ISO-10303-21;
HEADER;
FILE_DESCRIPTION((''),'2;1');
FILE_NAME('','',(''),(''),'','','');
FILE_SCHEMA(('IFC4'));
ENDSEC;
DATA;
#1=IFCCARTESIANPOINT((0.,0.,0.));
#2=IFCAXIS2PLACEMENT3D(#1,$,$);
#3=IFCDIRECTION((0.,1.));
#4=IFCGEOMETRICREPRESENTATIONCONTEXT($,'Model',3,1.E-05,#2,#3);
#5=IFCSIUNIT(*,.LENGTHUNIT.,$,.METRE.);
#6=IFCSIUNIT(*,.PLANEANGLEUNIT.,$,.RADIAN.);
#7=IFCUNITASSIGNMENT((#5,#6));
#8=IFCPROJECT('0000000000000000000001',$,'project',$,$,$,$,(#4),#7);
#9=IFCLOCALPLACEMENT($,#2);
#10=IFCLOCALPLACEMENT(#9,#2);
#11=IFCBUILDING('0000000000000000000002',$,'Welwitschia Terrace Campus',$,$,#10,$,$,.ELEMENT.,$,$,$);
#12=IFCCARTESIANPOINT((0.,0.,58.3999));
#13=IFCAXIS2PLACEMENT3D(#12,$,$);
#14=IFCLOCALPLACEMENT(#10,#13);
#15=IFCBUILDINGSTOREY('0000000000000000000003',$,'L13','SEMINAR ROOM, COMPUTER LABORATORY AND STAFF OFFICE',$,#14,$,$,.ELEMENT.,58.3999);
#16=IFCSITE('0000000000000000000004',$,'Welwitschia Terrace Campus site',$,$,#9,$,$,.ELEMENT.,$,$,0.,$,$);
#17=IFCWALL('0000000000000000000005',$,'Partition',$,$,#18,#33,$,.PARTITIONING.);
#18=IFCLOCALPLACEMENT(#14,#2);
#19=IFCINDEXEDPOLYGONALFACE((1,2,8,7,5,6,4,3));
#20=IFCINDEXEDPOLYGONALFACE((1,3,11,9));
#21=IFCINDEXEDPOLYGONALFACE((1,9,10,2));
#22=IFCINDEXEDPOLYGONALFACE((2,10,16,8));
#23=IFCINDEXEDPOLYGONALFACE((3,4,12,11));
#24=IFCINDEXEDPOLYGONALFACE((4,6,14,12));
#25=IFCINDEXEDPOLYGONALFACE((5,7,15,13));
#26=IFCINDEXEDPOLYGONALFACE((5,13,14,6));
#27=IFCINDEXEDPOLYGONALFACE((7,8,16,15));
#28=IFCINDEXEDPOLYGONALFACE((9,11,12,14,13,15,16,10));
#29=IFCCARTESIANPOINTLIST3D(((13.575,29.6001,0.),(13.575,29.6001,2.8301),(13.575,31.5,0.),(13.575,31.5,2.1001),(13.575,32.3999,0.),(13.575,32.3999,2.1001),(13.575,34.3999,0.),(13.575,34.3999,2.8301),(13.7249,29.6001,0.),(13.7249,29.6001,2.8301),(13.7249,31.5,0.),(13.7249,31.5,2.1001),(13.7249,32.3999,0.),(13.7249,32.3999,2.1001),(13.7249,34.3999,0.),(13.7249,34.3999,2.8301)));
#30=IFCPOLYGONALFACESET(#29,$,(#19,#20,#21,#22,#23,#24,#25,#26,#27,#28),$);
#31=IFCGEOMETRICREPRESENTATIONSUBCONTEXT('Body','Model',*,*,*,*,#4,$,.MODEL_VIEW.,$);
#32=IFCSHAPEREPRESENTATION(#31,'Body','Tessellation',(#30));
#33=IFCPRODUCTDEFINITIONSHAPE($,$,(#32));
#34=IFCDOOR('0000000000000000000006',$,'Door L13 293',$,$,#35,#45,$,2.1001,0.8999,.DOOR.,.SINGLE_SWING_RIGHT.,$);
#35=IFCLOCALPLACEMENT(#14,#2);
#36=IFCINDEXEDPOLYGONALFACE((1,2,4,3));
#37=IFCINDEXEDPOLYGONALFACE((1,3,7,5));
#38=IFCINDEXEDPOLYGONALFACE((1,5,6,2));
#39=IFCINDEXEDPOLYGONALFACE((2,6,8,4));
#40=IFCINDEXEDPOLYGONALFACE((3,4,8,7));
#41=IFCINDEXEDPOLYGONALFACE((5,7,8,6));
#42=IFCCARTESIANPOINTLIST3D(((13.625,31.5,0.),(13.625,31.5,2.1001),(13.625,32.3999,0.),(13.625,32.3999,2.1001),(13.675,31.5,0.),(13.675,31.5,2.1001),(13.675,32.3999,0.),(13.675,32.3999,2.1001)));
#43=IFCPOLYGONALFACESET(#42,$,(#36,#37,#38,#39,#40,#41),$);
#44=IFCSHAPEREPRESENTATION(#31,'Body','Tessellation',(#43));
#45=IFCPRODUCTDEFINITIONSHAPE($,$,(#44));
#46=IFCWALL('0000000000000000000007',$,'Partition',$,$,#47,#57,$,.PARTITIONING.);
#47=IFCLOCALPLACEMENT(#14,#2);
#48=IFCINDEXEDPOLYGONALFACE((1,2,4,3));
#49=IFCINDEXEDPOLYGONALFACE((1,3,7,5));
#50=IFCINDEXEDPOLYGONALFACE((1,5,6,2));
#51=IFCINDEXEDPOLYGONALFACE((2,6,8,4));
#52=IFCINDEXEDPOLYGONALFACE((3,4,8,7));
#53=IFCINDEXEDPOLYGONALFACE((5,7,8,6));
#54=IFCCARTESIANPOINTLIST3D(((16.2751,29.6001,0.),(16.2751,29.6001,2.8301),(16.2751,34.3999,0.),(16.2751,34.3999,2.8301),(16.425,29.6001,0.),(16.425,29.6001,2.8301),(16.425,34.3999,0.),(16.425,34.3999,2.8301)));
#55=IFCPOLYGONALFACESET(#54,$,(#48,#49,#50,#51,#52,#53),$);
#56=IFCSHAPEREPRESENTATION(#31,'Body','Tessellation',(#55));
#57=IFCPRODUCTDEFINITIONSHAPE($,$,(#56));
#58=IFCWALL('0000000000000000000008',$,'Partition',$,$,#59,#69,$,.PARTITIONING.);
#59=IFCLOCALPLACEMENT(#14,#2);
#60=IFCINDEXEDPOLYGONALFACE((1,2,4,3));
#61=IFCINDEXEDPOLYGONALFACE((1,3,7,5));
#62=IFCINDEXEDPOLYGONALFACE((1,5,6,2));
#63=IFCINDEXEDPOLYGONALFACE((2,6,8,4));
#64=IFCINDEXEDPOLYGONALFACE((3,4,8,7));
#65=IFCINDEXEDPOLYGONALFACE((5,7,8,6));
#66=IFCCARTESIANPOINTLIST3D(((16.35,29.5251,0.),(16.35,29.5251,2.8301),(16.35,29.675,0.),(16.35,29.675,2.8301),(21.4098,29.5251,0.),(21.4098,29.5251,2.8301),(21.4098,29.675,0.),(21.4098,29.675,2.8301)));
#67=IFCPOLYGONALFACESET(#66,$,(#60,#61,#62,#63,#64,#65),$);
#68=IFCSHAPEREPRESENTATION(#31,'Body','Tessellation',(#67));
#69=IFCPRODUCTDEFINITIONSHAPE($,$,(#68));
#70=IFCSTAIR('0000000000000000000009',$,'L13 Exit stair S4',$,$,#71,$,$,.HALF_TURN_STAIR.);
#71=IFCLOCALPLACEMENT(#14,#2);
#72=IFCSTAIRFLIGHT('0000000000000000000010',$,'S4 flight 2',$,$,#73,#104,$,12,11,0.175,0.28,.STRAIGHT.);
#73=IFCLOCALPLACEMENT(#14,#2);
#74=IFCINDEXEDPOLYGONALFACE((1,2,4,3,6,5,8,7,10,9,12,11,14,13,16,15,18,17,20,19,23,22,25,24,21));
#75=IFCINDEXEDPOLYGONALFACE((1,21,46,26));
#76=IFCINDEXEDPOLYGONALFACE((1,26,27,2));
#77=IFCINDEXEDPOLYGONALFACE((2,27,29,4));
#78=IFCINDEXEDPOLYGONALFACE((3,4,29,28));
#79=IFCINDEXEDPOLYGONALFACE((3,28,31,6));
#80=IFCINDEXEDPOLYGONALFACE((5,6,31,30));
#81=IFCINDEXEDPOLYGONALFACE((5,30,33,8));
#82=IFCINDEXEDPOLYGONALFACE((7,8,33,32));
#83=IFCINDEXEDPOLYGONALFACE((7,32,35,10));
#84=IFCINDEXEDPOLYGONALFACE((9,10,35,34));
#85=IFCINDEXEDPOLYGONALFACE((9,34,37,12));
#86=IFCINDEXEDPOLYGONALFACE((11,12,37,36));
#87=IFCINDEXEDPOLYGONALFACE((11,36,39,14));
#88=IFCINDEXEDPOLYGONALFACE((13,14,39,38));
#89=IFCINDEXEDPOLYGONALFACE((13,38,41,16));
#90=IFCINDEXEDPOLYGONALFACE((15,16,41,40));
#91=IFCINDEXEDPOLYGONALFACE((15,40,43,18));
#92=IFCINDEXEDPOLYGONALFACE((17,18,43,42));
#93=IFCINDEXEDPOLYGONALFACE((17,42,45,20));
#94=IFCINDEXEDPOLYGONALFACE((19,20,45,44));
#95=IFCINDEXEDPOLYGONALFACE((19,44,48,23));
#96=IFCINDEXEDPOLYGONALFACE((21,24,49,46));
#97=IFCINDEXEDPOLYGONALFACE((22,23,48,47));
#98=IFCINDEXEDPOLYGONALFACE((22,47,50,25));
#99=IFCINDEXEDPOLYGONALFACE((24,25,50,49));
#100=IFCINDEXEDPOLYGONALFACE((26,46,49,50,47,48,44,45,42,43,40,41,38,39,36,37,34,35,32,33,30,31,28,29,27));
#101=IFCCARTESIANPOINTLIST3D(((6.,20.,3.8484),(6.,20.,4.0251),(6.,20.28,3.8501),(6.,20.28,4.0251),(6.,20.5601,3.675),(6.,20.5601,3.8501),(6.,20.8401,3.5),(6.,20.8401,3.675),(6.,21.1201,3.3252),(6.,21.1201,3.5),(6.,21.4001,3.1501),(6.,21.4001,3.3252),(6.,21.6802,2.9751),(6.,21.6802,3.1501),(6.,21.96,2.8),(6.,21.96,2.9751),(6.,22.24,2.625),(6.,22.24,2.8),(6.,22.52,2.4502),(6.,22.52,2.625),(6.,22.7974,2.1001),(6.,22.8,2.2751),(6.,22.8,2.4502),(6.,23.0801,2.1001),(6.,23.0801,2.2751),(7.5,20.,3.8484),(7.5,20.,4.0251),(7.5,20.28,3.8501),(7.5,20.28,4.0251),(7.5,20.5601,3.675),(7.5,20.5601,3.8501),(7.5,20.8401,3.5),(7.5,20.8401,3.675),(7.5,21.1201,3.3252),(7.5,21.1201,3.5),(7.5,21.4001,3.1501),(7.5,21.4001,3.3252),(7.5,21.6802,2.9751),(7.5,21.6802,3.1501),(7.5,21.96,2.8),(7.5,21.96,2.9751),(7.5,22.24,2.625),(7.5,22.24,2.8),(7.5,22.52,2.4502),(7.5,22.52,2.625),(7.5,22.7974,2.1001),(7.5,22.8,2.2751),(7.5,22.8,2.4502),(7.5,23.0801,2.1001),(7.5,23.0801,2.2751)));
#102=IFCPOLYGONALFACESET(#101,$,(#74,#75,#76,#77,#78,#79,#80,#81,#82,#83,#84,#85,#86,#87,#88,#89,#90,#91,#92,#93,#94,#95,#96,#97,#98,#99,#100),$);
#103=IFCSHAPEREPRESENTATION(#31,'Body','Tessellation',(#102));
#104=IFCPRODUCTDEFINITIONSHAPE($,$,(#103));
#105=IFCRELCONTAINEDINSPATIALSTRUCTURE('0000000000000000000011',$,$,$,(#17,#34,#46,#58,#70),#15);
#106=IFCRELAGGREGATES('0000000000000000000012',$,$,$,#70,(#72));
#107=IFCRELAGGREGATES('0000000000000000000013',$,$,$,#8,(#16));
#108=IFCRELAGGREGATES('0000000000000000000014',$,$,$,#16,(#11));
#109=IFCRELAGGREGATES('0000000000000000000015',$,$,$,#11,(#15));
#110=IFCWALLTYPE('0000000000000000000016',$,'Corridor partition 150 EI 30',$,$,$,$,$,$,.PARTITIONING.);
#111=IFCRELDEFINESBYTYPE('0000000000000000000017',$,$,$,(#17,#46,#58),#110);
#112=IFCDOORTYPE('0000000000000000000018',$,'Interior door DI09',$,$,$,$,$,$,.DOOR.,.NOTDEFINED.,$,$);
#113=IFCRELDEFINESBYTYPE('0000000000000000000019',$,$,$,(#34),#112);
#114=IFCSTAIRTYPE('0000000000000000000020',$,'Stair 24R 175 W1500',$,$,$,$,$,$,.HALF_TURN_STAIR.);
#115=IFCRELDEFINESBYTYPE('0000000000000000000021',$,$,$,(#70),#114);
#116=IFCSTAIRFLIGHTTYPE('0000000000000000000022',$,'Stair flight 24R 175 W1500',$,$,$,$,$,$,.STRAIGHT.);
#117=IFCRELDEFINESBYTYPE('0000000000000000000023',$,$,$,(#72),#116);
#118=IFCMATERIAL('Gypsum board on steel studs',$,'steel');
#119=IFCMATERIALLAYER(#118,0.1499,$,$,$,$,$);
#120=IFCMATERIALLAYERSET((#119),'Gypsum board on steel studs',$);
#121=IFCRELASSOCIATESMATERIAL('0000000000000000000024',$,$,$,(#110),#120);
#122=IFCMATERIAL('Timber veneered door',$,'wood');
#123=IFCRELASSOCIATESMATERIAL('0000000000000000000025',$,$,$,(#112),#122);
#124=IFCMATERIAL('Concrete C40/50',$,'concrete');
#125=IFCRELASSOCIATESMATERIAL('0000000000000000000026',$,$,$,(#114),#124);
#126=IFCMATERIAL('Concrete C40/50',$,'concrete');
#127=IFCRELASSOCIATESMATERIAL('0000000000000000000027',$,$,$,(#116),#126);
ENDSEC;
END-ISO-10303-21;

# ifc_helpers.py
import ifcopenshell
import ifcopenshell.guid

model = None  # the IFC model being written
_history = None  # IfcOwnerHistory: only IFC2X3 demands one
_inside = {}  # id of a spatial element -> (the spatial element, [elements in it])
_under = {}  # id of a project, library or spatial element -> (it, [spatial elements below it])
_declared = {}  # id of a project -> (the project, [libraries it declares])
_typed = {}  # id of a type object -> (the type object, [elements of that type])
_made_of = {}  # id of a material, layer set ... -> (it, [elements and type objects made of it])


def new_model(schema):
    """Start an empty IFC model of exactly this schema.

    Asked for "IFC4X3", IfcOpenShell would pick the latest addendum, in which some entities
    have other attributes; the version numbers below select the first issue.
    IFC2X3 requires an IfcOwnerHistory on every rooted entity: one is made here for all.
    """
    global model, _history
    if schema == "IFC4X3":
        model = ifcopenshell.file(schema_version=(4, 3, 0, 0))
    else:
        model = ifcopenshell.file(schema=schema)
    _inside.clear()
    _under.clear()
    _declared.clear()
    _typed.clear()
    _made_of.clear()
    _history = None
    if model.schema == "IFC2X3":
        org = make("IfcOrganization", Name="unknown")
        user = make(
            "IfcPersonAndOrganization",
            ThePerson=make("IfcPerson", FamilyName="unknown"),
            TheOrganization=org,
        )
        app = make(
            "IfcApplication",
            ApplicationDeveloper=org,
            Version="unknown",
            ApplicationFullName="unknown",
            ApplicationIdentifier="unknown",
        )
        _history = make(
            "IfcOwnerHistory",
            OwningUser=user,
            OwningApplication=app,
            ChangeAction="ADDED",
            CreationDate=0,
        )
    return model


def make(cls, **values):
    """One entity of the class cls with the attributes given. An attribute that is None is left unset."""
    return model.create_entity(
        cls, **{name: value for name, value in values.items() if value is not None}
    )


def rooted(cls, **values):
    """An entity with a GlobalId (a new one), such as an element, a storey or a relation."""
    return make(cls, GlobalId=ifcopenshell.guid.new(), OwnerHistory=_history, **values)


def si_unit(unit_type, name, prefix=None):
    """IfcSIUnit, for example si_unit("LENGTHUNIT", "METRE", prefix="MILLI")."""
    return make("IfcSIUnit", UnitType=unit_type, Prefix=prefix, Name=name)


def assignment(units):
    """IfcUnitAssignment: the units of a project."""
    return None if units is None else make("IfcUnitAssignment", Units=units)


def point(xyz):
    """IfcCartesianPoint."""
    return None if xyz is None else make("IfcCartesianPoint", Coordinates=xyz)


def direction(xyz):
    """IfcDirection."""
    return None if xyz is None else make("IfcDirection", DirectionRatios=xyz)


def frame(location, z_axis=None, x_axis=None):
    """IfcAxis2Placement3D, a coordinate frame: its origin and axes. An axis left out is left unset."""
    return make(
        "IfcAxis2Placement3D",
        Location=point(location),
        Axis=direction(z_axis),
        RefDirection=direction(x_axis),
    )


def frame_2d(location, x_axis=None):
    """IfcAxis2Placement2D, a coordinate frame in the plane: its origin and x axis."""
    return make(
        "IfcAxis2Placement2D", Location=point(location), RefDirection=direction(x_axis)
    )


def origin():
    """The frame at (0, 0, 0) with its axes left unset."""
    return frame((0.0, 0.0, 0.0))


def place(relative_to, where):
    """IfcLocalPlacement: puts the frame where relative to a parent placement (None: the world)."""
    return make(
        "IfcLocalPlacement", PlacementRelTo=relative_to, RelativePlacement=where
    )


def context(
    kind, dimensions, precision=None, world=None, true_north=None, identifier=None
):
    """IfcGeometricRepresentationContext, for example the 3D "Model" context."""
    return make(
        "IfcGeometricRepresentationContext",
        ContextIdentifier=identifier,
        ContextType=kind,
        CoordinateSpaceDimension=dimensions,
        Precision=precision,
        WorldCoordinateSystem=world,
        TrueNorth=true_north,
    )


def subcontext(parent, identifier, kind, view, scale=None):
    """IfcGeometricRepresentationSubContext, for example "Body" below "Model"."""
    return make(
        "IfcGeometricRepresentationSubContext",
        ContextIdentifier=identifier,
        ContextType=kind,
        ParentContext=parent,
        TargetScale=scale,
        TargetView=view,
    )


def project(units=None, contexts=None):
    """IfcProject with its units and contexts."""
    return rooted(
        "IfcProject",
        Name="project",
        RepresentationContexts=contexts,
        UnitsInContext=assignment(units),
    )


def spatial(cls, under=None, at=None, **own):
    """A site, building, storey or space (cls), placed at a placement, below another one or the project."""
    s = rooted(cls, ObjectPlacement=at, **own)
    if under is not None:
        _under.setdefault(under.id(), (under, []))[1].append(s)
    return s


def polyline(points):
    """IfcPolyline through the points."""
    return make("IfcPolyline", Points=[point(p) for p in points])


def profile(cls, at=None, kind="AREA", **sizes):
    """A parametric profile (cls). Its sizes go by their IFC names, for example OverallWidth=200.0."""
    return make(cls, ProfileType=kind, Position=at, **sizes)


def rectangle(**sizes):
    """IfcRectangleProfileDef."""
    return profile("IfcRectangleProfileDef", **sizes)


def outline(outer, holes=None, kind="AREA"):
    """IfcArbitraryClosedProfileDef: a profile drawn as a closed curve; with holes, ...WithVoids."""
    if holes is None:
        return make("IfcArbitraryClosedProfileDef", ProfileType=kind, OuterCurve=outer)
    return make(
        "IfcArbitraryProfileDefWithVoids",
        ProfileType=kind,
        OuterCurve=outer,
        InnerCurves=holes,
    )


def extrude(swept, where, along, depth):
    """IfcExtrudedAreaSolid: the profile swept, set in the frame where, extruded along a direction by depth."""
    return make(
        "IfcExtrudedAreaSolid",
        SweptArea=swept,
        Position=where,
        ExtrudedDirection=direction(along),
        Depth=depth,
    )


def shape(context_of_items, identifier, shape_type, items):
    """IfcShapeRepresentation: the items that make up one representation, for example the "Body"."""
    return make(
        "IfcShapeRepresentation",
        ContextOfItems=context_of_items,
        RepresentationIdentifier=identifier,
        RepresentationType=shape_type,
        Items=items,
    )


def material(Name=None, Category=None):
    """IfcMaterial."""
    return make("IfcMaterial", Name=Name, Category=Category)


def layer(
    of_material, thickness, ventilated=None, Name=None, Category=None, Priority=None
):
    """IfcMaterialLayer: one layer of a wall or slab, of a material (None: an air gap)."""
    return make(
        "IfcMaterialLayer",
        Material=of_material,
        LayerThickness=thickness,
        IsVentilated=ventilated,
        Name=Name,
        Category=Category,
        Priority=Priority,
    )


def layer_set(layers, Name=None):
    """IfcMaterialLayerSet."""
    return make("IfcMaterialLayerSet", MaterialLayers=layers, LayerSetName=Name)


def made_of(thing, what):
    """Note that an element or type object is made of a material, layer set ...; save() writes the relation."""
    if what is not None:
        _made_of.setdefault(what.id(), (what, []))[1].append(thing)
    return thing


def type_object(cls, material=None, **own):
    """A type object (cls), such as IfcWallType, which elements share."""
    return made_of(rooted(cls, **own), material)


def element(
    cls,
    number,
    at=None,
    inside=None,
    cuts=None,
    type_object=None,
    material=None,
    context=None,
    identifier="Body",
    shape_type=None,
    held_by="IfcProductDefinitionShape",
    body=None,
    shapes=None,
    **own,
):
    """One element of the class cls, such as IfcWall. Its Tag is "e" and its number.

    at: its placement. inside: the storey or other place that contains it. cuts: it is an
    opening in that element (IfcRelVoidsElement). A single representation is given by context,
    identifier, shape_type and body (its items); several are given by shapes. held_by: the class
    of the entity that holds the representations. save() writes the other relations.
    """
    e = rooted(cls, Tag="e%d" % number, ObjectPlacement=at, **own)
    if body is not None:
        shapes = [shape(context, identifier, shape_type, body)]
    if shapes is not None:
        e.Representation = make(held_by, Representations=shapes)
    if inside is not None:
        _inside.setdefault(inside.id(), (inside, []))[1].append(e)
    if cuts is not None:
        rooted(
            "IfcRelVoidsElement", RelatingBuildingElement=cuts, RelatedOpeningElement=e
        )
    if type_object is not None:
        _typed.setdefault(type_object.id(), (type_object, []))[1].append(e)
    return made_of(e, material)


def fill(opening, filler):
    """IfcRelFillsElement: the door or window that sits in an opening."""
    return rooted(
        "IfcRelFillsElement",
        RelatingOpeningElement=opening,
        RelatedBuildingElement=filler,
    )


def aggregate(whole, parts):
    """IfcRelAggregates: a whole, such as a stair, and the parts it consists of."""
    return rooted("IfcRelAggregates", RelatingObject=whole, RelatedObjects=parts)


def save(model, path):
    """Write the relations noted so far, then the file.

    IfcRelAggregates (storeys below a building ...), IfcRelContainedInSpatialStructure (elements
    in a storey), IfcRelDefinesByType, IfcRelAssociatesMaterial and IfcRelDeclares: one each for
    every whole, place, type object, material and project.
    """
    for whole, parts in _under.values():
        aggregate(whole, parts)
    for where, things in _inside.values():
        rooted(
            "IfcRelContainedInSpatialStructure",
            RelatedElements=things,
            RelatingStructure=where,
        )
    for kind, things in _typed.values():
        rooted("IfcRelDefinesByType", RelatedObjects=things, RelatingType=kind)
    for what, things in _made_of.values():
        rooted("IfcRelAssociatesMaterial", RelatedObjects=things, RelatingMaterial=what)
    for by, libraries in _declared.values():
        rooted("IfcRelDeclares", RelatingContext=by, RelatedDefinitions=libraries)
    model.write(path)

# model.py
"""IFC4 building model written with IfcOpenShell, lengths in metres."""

from ifc_helpers import new_model, si_unit, direction, frame, frame_2d, origin, place, context, subcontext, project, spatial, polyline, rectangle, outline, extrude, material, layer, layer_set, type_object, element, fill, aggregate, save


model = new_model("IFC4")

# Units and contexts
model_context = context("Model", 3, precision=1e-05, world=origin(), true_north=direction((0.0, 1.0)))
body_context = subcontext(model_context, "Body", "Model", "MODEL_VIEW")
ifc_project = project(units=[si_unit("LENGTHUNIT", "METRE"), si_unit("PLANEANGLEUNIT", "RADIAN")], contexts=[model_context])

# Site, building, storey
site_placement = place(None, origin())
site = spatial("IfcSite", under=ifc_project, at=site_placement, Name="Welwitschia Terrace Campus site", CompositionType="ELEMENT", RefElevation=0.0)
building_placement = place(site_placement, origin())
building = spatial("IfcBuilding", under=site, at=building_placement, Name="Welwitschia Terrace Campus", CompositionType="ELEMENT")
storey_placement = place(building_placement, frame((0.0, 0.0, 58.3999)))
storey = spatial("IfcBuildingStorey", under=building, at=storey_placement, Name="L13", Description="SEMINAR ROOM, COMPUTER LABORATORY AND STAFF OFFICE", CompositionType="ELEMENT", Elevation=58.3999)

# Shared definitions
ifc_material_1 = material(Name="Gypsum board on steel studs", Category="steel")
ifc_layer_1 = layer(ifc_material_1, 0.1499)
ifc_layer_set_1 = layer_set([ifc_layer_1], Name="Gypsum board on steel studs")
wall_type_1 = type_object("IfcWallType", Name="Corridor partition 150 EI 30", PredefinedType="PARTITIONING", material=ifc_layer_set_1)

# Shared definitions
ifc_material_2 = material(Name="Timber veneered door", Category="wood")
door_type = type_object("IfcDoorType", Name="Interior door DI09", OperationType="NOTDEFINED", PredefinedType="DOOR", material=ifc_material_2)

# Wall, opening, door
wall_1_placement = place(storey_placement, frame((13.6499, 29.6001, 0.0), z_axis=(0.0, 0.0, 1.0), x_axis=(0.0, 1.0, 0.0)))
wall_1 = element("IfcWall", 1, at=wall_1_placement, inside=storey, type_object=wall_type_1, Name="Partition", PredefinedType="PARTITIONING", context=body_context, shape_type="SweptSolid", body=[
    extrude(rectangle(XDim=4.7998, YDim=0.1499, at=frame_2d((2.3999, 0.0))), origin(), (0.0, 0.0, 1.0), 2.8301),
])
opening_1_placement = place(wall_1_placement, frame((1.8999, 0.0, 0.0)))
opening_1 = element("IfcOpeningElement", 2, at=opening_1_placement, cuts=wall_1, PredefinedType="OPENING", context=body_context, shape_type="SweptSolid", body=[
    extrude(rectangle(XDim=0.8999, YDim=2.1001, at=frame_2d((0.45, 1.05))), frame((0.0, 0.085, 0.0), z_axis=(0.0, -1.0, 0.0), x_axis=(1.0, 0.0, 0.0)), (0.0, 0.0, 1.0), 0.1699),
])
door_1_placement = place(opening_1_placement, origin())
door_1 = element("IfcDoor", 3, at=door_1_placement, inside=storey, type_object=door_type, Name="Door L13 293", OperationType="SINGLE_SWING_RIGHT", OverallHeight=2.1001, OverallWidth=0.8999, PredefinedType="DOOR", context=body_context, shape_type="SweptSolid", body=[
    extrude(rectangle(XDim=0.8999, YDim=2.1001, at=frame_2d((0.45, 1.05))), frame((0.0, 0.0249, 0.0), z_axis=(0.0, -1.0, 0.0), x_axis=(1.0, 0.0, 0.0)), (0.0, 0.0, 1.0), 0.05),
])
fill(opening_1, door_1)

# Walls
wall_2_placement = place(storey_placement, frame((16.3501, 29.6001, 0.0), z_axis=(0.0, 0.0, 1.0), x_axis=(0.0, 1.0, 0.0)))
element("IfcWall", 4, at=wall_2_placement, inside=storey, type_object=wall_type_1, Name="Partition", PredefinedType="PARTITIONING", context=body_context, shape_type="SweptSolid", body=[
    extrude(rectangle(XDim=4.7998, YDim=0.1499, at=frame_2d((2.3999, 0.0))), origin(), (0.0, 0.0, 1.0), 2.8301),
])
wall_3_placement = place(storey_placement, frame((16.3501, 29.6001, 0.0), z_axis=(0.0, 0.0, 1.0), x_axis=(1.0, 0.0, 0.0)))
element("IfcWall", 5, at=wall_3_placement, inside=storey, type_object=wall_type_1, Name="Partition", PredefinedType="PARTITIONING", context=body_context, shape_type="SweptSolid", body=[
    extrude(rectangle(XDim=5.0598, YDim=0.1499, at=frame_2d((2.5298, 0.0))), origin(), (0.0, 0.0, 1.0), 2.8301),
])

# Stair, stair flight
ifc_material_3 = material(Name="Concrete C40/50", Category="concrete")
stair_type = type_object("IfcStairType", Name="Stair 24R 175 W1500", PredefinedType="HALF_TURN_STAIR", material=ifc_material_3)
stair_placement = place(storey_placement, origin())
stair = element("IfcStair", 6, at=stair_placement, inside=storey, type_object=stair_type, Name="L13 Exit stair S4", PredefinedType="HALF_TURN_STAIR")
ifc_material_4 = material(Name="Concrete C40/50", Category="concrete")
stair_flight_type = type_object("IfcStairFlightType", Name="Stair flight 24R 175 W1500", PredefinedType="STRAIGHT", material=ifc_material_4)
stair_flight_placement = place(storey_placement, frame((6.75, 23.0801, 2.1001), z_axis=(0.0, 0.0, 1.0), x_axis=(0.0, -1.0, 0.0)))
stair_flight = element("IfcStairFlight", 7, at=stair_flight_placement, type_object=stair_flight_type, Name="S4 flight 2", NumberOfRisers=12, NumberOfTreads=11, PredefinedType="STRAIGHT", RiserHeight=0.175, TreadLength=0.28, context=body_context, shape_type="SweptSolid", body=[
    extrude(outline(polyline([(0.0, 0.0), (0.0, 0.175), (0.28, 0.175), (0.28, 0.3501), (0.5601, 0.3501), (0.5601, 0.5249), (0.8401, 0.5249), (0.8401, 0.7), (1.1201, 0.7), (1.1201, 0.875), (1.3999, 0.875), (1.3999, 1.05), (1.6799, 1.05), (1.6799, 1.2251), (1.96, 1.2251), (1.96, 1.3999), (2.24, 1.3999), (2.24, 1.575), (2.52, 1.575), (2.52, 1.75), (2.8, 1.75), (2.8, 1.925), (3.0801, 1.925), (3.0801, 2.1001), (3.0801, 1.7483), (0.2827, 0.0), (0.0, 0.0)])), frame((0.0, 0.75, 0.0), z_axis=(0.0, -1.0, 0.0), x_axis=(1.0, 0.0, 0.0)), (0.0, 0.0, 1.0), 1.5),
])
aggregate(stair, [stair_flight])

save(model, "model.ifc")
